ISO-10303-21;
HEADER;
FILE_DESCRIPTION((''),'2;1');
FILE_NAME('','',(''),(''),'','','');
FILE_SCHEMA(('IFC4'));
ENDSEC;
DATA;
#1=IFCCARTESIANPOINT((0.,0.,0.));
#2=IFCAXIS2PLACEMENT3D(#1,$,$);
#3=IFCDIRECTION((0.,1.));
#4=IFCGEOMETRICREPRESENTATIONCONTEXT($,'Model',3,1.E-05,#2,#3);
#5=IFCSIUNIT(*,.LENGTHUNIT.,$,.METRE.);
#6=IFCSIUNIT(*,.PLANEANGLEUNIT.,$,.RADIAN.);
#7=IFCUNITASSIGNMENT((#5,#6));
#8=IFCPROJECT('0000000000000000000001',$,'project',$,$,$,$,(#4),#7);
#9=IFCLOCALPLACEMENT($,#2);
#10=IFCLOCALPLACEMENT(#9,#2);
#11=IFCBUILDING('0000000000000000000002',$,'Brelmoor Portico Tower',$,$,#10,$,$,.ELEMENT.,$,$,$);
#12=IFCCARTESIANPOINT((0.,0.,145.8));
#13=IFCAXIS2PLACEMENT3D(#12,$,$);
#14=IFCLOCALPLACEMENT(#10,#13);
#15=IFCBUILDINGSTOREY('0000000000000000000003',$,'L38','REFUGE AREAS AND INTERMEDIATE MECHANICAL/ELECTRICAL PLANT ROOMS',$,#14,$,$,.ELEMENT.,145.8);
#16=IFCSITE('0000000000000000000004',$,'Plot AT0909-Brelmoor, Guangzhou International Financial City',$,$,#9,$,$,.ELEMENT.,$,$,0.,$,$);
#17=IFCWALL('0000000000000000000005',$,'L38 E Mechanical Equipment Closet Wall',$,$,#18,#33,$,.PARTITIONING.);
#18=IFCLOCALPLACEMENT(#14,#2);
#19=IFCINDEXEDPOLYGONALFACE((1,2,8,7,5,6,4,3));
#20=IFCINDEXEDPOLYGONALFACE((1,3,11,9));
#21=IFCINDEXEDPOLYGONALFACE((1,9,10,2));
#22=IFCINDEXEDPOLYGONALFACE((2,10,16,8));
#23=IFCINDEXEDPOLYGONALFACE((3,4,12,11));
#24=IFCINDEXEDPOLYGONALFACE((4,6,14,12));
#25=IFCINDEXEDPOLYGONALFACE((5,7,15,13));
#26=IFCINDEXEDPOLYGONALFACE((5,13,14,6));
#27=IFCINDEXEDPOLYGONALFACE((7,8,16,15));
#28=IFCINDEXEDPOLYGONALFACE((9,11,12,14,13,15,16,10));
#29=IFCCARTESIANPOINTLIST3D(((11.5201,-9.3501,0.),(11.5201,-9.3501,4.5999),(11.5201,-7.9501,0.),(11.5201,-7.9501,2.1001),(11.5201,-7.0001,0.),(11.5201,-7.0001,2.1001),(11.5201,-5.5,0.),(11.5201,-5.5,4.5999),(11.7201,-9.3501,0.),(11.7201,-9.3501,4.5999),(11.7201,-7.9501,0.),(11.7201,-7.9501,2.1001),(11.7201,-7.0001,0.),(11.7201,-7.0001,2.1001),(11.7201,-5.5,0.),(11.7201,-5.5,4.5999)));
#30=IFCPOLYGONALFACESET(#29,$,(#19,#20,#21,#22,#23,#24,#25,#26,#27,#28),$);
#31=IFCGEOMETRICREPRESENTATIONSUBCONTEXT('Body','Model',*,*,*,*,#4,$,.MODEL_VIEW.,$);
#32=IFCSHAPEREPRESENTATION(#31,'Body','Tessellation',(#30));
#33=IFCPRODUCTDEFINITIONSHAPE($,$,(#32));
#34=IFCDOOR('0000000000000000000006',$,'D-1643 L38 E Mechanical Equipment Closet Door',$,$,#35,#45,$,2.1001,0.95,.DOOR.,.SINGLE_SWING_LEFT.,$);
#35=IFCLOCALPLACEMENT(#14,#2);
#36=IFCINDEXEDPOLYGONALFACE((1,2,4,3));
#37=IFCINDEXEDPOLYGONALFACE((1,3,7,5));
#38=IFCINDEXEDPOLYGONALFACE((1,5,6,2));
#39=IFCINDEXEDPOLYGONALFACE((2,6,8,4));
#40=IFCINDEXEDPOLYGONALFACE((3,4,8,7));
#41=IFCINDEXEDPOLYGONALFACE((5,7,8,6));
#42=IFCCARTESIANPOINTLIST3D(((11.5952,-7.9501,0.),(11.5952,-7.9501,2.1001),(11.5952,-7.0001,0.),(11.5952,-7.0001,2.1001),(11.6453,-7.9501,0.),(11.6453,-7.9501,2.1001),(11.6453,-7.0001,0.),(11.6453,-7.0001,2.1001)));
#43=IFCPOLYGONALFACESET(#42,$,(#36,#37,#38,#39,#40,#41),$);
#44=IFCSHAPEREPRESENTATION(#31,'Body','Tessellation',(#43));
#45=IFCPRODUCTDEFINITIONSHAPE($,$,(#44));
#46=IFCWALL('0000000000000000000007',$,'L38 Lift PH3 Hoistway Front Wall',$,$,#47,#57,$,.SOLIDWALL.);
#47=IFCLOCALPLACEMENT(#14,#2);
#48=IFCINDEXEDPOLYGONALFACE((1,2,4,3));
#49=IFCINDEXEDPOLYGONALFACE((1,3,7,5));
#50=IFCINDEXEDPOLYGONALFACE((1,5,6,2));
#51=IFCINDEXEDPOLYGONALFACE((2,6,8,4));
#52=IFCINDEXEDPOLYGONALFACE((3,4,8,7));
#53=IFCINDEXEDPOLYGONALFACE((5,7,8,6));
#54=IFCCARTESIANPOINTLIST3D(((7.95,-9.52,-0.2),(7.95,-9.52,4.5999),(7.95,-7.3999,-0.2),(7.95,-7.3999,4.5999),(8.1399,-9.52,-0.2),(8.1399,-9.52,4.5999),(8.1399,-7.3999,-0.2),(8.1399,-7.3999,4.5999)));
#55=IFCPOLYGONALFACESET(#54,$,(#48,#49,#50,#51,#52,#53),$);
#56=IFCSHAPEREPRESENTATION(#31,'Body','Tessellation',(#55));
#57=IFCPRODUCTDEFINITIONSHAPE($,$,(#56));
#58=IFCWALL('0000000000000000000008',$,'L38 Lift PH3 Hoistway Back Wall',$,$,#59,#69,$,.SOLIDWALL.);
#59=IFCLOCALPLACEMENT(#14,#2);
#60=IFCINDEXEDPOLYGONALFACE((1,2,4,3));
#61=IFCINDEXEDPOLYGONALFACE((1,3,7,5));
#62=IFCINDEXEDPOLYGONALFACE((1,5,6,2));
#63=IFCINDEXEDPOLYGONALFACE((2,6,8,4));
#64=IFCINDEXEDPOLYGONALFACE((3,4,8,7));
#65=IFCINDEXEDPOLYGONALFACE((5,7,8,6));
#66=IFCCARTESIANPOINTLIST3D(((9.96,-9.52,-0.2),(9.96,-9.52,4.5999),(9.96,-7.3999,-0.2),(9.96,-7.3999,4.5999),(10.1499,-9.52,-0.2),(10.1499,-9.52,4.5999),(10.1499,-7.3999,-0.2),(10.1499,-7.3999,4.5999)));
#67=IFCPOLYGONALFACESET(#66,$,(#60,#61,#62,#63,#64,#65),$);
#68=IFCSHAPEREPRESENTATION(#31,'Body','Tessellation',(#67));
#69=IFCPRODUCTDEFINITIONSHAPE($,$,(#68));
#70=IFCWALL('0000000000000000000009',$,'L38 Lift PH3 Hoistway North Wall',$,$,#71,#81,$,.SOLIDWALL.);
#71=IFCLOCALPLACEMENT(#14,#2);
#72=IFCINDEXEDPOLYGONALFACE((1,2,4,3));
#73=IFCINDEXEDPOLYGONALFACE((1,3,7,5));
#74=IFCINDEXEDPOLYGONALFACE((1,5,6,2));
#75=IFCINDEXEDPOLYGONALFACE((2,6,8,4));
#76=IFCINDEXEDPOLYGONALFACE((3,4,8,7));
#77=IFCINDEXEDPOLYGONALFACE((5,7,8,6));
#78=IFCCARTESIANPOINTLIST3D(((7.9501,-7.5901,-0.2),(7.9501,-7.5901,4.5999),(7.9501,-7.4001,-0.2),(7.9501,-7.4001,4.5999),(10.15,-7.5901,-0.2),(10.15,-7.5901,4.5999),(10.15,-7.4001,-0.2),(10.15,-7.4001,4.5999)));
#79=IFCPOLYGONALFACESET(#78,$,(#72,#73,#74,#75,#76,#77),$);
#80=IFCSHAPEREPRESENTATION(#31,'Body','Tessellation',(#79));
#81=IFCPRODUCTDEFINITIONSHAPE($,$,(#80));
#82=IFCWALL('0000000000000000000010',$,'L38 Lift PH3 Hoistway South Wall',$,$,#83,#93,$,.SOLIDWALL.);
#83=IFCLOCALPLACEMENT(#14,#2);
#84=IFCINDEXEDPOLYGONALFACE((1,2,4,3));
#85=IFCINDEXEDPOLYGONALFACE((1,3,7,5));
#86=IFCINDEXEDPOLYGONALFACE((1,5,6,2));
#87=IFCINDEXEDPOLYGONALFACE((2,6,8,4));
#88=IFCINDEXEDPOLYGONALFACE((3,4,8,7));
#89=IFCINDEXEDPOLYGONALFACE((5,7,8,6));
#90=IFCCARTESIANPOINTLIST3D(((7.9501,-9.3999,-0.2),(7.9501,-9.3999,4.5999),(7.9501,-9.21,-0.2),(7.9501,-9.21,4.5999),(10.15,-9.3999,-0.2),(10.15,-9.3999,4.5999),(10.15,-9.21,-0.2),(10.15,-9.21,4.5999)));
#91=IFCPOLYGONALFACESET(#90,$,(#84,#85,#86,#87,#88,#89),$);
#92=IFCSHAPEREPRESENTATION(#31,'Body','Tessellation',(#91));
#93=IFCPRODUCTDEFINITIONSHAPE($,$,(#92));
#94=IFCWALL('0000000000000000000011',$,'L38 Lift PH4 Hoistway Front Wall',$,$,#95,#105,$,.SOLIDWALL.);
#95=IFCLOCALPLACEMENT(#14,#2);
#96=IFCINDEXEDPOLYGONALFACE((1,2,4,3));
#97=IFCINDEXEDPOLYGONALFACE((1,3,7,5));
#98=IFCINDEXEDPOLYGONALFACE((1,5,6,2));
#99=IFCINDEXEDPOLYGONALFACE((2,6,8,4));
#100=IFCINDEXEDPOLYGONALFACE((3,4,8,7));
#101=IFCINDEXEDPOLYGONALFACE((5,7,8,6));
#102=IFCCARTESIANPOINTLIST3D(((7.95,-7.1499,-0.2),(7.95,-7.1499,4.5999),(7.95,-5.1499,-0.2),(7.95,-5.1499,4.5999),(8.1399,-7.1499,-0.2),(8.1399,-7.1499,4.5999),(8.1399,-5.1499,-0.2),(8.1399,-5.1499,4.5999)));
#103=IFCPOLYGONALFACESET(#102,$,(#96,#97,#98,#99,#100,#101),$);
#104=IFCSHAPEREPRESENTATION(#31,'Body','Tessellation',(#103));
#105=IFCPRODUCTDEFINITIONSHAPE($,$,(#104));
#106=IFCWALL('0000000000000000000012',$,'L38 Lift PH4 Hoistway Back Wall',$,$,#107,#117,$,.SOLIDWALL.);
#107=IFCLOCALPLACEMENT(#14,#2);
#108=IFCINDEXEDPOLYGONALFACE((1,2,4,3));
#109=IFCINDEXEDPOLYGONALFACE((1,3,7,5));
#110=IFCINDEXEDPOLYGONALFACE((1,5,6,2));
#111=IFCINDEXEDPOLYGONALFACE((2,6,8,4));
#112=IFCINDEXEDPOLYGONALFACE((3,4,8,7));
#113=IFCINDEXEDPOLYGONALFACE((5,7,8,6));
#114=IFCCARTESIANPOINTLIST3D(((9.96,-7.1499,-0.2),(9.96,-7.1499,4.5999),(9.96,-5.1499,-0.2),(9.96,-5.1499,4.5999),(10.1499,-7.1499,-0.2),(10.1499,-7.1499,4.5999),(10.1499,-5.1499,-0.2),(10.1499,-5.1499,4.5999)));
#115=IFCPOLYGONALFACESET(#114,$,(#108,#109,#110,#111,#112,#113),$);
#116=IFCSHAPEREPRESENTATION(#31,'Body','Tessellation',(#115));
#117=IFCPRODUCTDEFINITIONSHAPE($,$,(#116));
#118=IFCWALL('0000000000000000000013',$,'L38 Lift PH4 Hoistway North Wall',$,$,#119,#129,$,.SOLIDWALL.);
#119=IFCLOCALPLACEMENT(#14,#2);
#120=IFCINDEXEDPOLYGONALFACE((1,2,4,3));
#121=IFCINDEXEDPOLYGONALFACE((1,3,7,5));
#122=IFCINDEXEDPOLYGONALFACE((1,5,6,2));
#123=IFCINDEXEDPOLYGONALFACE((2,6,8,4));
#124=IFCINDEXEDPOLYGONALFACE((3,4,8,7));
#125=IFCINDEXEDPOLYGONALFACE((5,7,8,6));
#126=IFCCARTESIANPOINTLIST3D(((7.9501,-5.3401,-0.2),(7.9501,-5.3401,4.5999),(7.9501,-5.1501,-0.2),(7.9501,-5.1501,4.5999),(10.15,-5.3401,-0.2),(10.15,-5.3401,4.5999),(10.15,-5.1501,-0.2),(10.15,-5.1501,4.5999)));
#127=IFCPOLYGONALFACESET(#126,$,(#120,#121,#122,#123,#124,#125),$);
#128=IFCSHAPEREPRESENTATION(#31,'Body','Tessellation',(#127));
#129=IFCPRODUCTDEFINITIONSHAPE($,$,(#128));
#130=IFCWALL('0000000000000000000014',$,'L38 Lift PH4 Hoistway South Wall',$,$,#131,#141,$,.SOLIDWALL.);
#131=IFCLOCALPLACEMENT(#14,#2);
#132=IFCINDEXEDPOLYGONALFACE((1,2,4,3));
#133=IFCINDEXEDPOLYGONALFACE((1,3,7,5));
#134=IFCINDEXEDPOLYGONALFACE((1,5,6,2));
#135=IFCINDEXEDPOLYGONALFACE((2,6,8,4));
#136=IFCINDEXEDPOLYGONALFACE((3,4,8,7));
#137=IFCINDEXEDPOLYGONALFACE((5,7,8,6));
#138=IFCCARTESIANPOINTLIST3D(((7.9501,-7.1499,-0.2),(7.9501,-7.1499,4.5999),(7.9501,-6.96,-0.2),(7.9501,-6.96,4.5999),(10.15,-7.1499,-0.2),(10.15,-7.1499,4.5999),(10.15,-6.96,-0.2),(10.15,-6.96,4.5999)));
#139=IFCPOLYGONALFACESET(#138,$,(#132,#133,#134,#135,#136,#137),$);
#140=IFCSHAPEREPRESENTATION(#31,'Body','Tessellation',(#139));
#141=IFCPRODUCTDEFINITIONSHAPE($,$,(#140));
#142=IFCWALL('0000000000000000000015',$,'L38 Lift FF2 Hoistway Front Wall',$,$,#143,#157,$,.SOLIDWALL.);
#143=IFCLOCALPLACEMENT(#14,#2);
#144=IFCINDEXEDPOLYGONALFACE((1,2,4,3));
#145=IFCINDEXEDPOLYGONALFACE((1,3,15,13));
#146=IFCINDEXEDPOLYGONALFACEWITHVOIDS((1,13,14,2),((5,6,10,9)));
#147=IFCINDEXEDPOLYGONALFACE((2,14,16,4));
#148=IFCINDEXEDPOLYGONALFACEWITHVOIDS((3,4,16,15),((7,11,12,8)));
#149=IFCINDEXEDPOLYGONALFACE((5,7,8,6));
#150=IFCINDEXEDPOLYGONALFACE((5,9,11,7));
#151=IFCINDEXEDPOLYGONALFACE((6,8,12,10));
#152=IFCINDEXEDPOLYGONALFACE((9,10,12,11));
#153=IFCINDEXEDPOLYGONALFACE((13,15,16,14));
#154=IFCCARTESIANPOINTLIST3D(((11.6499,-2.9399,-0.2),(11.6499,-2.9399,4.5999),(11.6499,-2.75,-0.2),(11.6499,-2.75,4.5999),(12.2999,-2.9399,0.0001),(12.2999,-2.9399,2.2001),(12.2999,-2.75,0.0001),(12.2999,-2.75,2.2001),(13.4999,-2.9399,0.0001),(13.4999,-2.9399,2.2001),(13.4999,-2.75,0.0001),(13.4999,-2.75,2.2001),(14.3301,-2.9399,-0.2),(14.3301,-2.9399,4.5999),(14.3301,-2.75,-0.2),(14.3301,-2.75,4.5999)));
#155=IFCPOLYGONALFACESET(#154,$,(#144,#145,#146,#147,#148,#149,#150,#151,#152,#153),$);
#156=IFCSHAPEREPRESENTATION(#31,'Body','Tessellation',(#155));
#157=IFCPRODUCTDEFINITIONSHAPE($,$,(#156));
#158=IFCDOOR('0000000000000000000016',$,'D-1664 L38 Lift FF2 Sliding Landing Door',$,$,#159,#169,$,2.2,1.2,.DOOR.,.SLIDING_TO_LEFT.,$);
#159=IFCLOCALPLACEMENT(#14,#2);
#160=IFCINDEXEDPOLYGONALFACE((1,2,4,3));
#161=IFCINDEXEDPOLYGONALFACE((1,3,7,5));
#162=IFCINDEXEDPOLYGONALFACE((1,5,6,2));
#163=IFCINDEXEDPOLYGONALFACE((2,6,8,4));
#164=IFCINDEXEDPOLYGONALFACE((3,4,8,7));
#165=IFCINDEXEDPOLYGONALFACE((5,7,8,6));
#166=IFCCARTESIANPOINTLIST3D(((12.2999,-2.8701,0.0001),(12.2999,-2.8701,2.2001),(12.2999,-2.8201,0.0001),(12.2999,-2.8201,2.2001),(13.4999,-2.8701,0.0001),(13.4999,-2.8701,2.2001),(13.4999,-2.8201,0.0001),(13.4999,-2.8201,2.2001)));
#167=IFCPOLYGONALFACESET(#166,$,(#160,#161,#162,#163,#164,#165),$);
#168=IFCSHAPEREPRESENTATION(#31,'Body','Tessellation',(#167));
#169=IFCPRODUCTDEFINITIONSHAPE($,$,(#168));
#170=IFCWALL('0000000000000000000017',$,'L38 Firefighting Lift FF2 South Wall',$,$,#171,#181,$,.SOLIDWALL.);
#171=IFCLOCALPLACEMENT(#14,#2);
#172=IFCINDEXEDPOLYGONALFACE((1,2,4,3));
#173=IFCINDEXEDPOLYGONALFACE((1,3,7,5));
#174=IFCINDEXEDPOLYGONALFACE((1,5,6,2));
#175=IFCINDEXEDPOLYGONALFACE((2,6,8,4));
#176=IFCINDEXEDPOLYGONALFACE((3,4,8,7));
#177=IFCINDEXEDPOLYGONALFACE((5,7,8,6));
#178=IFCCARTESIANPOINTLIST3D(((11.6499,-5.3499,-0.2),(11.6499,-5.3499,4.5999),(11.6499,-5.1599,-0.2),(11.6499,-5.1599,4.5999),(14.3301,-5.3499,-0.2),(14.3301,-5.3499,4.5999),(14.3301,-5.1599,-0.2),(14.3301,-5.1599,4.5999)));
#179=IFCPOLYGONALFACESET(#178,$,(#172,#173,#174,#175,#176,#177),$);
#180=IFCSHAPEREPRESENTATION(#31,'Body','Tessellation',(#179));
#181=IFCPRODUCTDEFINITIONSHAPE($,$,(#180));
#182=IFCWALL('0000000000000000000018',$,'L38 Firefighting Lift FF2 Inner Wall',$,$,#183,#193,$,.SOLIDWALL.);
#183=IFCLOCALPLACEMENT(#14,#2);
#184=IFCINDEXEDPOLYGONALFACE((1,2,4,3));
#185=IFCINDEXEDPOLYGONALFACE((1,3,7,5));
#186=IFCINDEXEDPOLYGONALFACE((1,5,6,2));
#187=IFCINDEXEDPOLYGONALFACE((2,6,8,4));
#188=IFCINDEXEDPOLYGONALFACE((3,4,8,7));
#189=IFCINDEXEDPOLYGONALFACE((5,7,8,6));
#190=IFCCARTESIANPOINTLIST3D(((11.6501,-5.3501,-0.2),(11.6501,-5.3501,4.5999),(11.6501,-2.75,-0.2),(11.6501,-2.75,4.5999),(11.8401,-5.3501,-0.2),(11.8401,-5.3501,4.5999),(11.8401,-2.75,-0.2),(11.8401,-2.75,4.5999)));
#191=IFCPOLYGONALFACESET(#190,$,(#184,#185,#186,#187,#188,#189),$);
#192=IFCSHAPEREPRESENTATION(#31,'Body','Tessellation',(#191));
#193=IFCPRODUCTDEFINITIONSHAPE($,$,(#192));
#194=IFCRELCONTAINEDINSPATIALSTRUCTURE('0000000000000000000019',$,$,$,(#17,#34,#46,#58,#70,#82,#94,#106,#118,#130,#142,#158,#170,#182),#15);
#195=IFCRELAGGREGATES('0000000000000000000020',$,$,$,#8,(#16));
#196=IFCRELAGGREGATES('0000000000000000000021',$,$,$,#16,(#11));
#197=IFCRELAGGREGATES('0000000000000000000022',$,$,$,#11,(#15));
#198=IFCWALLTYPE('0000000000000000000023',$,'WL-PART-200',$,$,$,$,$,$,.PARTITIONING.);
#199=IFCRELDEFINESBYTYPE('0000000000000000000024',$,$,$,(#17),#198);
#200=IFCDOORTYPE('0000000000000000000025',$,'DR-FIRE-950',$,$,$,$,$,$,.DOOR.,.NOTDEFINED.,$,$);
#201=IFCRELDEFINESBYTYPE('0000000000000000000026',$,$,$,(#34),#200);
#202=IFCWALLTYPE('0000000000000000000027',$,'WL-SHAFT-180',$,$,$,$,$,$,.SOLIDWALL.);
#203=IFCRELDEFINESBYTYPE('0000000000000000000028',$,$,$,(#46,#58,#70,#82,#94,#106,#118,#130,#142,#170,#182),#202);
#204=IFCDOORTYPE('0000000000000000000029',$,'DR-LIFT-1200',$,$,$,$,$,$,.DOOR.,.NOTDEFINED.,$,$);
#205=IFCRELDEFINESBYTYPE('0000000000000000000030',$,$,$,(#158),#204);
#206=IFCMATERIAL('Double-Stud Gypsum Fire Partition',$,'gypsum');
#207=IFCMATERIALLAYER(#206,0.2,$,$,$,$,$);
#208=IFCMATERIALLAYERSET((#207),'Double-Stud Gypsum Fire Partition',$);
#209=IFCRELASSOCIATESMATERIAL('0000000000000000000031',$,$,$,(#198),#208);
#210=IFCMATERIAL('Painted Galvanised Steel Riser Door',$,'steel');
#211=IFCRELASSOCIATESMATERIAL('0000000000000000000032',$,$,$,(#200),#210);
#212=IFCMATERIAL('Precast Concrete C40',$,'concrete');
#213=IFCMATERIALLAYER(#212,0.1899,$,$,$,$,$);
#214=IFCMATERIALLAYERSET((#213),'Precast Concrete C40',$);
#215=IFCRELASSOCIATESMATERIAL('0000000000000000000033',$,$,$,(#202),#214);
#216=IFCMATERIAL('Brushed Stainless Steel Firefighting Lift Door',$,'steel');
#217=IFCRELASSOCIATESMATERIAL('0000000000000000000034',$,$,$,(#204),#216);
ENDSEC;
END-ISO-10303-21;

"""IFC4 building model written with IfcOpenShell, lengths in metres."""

from ifc_helpers import new_model, si_unit, direction, frame, frame_2d, origin, place, context, subcontext, project, spatial, rectangle, extrude, material, layer, layer_set, type_object, element, fill, save


model = new_model("IFC4")

# Units and contexts
model_context = context("Model", 3, precision=1e-05, world=origin(), true_north=direction((0.0, 1.0)))
body_context = subcontext(model_context, "Body", "Model", "MODEL_VIEW")
ifc_project = project(units=[si_unit("LENGTHUNIT", "METRE"), si_unit("PLANEANGLEUNIT", "RADIAN")], contexts=[model_context])

# Site, building, storey
site_placement = place(None, origin())
site = spatial("IfcSite", under=ifc_project, at=site_placement, Name="Plot AT0909-Brelmoor, Guangzhou International Financial City", CompositionType="ELEMENT", RefElevation=0.0)
building_placement = place(site_placement, origin())
building = spatial("IfcBuilding", under=site, at=building_placement, Name="Brelmoor Portico Tower", CompositionType="ELEMENT")
storey_placement = place(building_placement, frame((0.0, 0.0, 145.8)))
storey = spatial("IfcBuildingStorey", under=building, at=storey_placement, Name="L38", Description="REFUGE AREAS AND INTERMEDIATE MECHANICAL/ELECTRICAL PLANT ROOMS", CompositionType="ELEMENT", Elevation=145.8)

# Shared definitions
ifc_material_1 = material(Name="Double-Stud Gypsum Fire Partition", Category="gypsum")
ifc_layer_1 = layer(ifc_material_1, 0.2)
ifc_layer_set_1 = layer_set([ifc_layer_1], Name="Double-Stud Gypsum Fire Partition")
wall_type_1 = type_object("IfcWallType", Name="WL-PART-200", PredefinedType="PARTITIONING", material=ifc_layer_set_1)

# Shared definitions
ifc_material_2 = material(Name="Painted Galvanised Steel Riser Door", Category="steel")
door_type_1 = type_object("IfcDoorType", Name="DR-FIRE-950", OperationType="NOTDEFINED", PredefinedType="DOOR", material=ifc_material_2)

# Wall, opening, door
wall_1_placement = place(storey_placement, frame((11.6201, -9.3501, 0.0), z_axis=(0.0, 0.0, 1.0), x_axis=(0.0, 1.0, 0.0)))
wall_1 = element("IfcWall", 1, at=wall_1_placement, inside=storey, type_object=wall_type_1, Name="L38 E Mechanical Equipment Closet Wall", PredefinedType="PARTITIONING", context=body_context, shape_type="SweptSolid", body=[
    extrude(rectangle(XDim=3.8501, YDim=0.2, at=frame_2d((1.925, 0.0))), origin(), (0.0, 0.0, 1.0), 4.5999),
])
opening_1_placement = place(wall_1_placement, frame((1.3999, 0.0, 0.0)))
opening_1 = element("IfcOpeningElement", 2, at=opening_1_placement, cuts=wall_1, PredefinedType="OPENING", context=body_context, shape_type="SweptSolid", body=[
    extrude(rectangle(XDim=0.95, YDim=2.1001, at=frame_2d((0.4751, 1.05))), frame((0.0, 0.1099, 0.0), z_axis=(0.0, -1.0, 0.0), x_axis=(1.0, 0.0, 0.0)), (0.0, 0.0, 1.0), 0.22),
])
door_1_placement = place(opening_1_placement, origin())
door_1 = element("IfcDoor", 3, at=door_1_placement, inside=storey, type_object=door_type_1, Name="D-1643 L38 E Mechanical Equipment Closet Door", OperationType="SINGLE_SWING_LEFT", OverallHeight=2.1001, OverallWidth=0.95, PredefinedType="DOOR", context=body_context, shape_type="SweptSolid", body=[
    extrude(rectangle(XDim=0.95, YDim=2.1001, at=frame_2d((0.4751, 1.05))), frame((0.0, 0.0249, 0.0), z_axis=(0.0, -1.0, 0.0), x_axis=(1.0, 0.0, 0.0)), (0.0, 0.0, 1.0), 0.05),
])
fill(opening_1, door_1)

# Walls
ifc_material_3 = material(Name="Precast Concrete C40", Category="concrete")
ifc_layer_2 = layer(ifc_material_3, 0.1899)
ifc_layer_set_2 = layer_set([ifc_layer_2], Name="Precast Concrete C40")
wall_type_2 = type_object("IfcWallType", Name="WL-SHAFT-180", PredefinedType="SOLIDWALL", material=ifc_layer_set_2)
for number, where, z_axis, x_axis, name in (
    (4, (8.0449, -9.52, -0.2), (0.0, 0.0, 1.0), (0.0, 1.0, 0.0), "L38 Lift PH3 Hoistway Front Wall"),
    (5, (10.0549, -9.52, -0.2), (0.0, 0.0, 1.0), (0.0, 1.0, 0.0), "L38 Lift PH3 Hoistway Back Wall"),
):
    element("IfcWall", number, at=place(storey_placement, frame(where, z_axis=z_axis, x_axis=x_axis)), inside=storey, type_object=wall_type_2, Name=name, PredefinedType="SOLIDWALL", context=body_context, shape_type="SweptSolid", body=[
        extrude(rectangle(XDim=2.1201, YDim=0.1899, at=frame_2d((1.0601, 0.0))), origin(), (0.0, 0.0, 1.0), 4.7998),
    ])
for number, where, z_axis, x_axis, name in (
    (6, (7.95, -7.4951, -0.2), (0.0, 0.0, 1.0), (1.0, 0.0, 0.0), "L38 Lift PH3 Hoistway North Wall"),
    (7, (7.95, -9.3049, -0.2), (0.0, 0.0, 1.0), (1.0, 0.0, 0.0), "L38 Lift PH3 Hoistway South Wall"),
):
    element("IfcWall", number, at=place(storey_placement, frame(where, z_axis=z_axis, x_axis=x_axis)), inside=storey, type_object=wall_type_2, Name=name, PredefinedType="SOLIDWALL", context=body_context, shape_type="SweptSolid", body=[
        extrude(rectangle(XDim=2.2, YDim=0.1899, at=frame_2d((1.1001, 0.0))), origin(), (0.0, 0.0, 1.0), 4.7998),
    ])
for number, where, z_axis, x_axis, name in (
    (8, (8.0449, -7.1499, -0.2), (0.0, 0.0, 1.0), (0.0, 1.0, 0.0), "L38 Lift PH4 Hoistway Front Wall"),
    (9, (10.0549, -7.1499, -0.2), (0.0, 0.0, 1.0), (0.0, 1.0, 0.0), "L38 Lift PH4 Hoistway Back Wall"),
):
    element("IfcWall", number, at=place(storey_placement, frame(where, z_axis=z_axis, x_axis=x_axis)), inside=storey, type_object=wall_type_2, Name=name, PredefinedType="SOLIDWALL", context=body_context, shape_type="SweptSolid", body=[
        extrude(rectangle(XDim=2.0, YDim=0.1899, at=frame_2d((1.0, 0.0))), origin(), (0.0, 0.0, 1.0), 4.7998),
    ])
for number, where, z_axis, x_axis, name in (
    (10, (7.95, -5.2451, -0.2), (0.0, 0.0, 1.0), (1.0, 0.0, 0.0), "L38 Lift PH4 Hoistway North Wall"),
    (11, (7.95, -7.0549, -0.2), (0.0, 0.0, 1.0), (1.0, 0.0, 0.0), "L38 Lift PH4 Hoistway South Wall"),
):
    element("IfcWall", number, at=place(storey_placement, frame(where, z_axis=z_axis, x_axis=x_axis)), inside=storey, type_object=wall_type_2, Name=name, PredefinedType="SOLIDWALL", context=body_context, shape_type="SweptSolid", body=[
        extrude(rectangle(XDim=2.2, YDim=0.1899, at=frame_2d((1.1001, 0.0))), origin(), (0.0, 0.0, 1.0), 4.7998),
    ])

# Wall, opening, door
wall_2_placement = place(storey_placement, frame((11.6499, -2.845, -0.2), z_axis=(0.0, 0.0, 1.0), x_axis=(1.0, 0.0, 0.0)))
wall_2 = element("IfcWall", 12, at=wall_2_placement, inside=storey, type_object=wall_type_2, Name="L38 Lift FF2 Hoistway Front Wall", PredefinedType="SOLIDWALL", context=body_context, shape_type="SweptSolid", body=[
    extrude(rectangle(XDim=2.6802, YDim=0.1899, at=frame_2d((1.3401, 0.0))), origin(), (0.0, 0.0, 1.0), 4.7998),
])
opening_2_placement = place(wall_2_placement, frame((0.6499, 0.0, 0.2)))
opening_2 = element("IfcOpeningElement", 13, at=opening_2_placement, cuts=wall_2, PredefinedType="OPENING", context=body_context, shape_type="SweptSolid", body=[
    extrude(rectangle(XDim=1.2, YDim=2.2, at=frame_2d((0.6001, 1.1001))), frame((0.0, 0.105, 0.0), z_axis=(0.0, -1.0, 0.0), x_axis=(1.0, 0.0, 0.0)), (0.0, 0.0, 1.0), 0.21),
])
ifc_material_4 = material(Name="Brushed Stainless Steel Firefighting Lift Door", Category="steel")
door_type_2 = type_object("IfcDoorType", Name="DR-LIFT-1200", OperationType="NOTDEFINED", PredefinedType="DOOR", material=ifc_material_4)
door_2_placement = place(opening_2_placement, origin())
door_2 = element("IfcDoor", 14, at=door_2_placement, inside=storey, type_object=door_type_2, Name="D-1664 L38 Lift FF2 Sliding Landing Door", OperationType="SLIDING_TO_LEFT", OverallHeight=2.2, OverallWidth=1.2, PredefinedType="DOOR", context=body_context, shape_type="SweptSolid", body=[
    extrude(rectangle(XDim=1.2, YDim=2.2, at=frame_2d((0.6001, 1.1001))), frame((0.0, 0.0249, 0.0), z_axis=(0.0, -1.0, 0.0), x_axis=(1.0, 0.0, 0.0)), (0.0, 0.0, 1.0), 0.05),
])
fill(opening_2, door_2)

# Walls
wall_3_placement = place(storey_placement, frame((11.6499, -5.2549, -0.2), z_axis=(0.0, 0.0, 1.0), x_axis=(1.0, 0.0, 0.0)))
element("IfcWall", 15, at=wall_3_placement, inside=storey, type_object=wall_type_2, Name="L38 Firefighting Lift FF2 South Wall", PredefinedType="SOLIDWALL", context=body_context, shape_type="SweptSolid", body=[
    extrude(rectangle(XDim=2.6802, YDim=0.1899, at=frame_2d((1.3401, 0.0))), origin(), (0.0, 0.0, 1.0), 4.7998),
])
wall_4_placement = place(storey_placement, frame((11.7451, -5.3501, -0.2), z_axis=(0.0, 0.0, 1.0), x_axis=(0.0, 1.0, 0.0)))
element("IfcWall", 16, at=wall_4_placement, inside=storey, type_object=wall_type_2, Name="L38 Firefighting Lift FF2 Inner Wall", PredefinedType="SOLIDWALL", context=body_context, shape_type="SweptSolid", body=[
    extrude(rectangle(XDim=2.6001, YDim=0.1899, at=frame_2d((1.3, 0.0))), origin(), (0.0, 0.0, 1.0), 4.7998),
])

save(model, "model.ifc")
